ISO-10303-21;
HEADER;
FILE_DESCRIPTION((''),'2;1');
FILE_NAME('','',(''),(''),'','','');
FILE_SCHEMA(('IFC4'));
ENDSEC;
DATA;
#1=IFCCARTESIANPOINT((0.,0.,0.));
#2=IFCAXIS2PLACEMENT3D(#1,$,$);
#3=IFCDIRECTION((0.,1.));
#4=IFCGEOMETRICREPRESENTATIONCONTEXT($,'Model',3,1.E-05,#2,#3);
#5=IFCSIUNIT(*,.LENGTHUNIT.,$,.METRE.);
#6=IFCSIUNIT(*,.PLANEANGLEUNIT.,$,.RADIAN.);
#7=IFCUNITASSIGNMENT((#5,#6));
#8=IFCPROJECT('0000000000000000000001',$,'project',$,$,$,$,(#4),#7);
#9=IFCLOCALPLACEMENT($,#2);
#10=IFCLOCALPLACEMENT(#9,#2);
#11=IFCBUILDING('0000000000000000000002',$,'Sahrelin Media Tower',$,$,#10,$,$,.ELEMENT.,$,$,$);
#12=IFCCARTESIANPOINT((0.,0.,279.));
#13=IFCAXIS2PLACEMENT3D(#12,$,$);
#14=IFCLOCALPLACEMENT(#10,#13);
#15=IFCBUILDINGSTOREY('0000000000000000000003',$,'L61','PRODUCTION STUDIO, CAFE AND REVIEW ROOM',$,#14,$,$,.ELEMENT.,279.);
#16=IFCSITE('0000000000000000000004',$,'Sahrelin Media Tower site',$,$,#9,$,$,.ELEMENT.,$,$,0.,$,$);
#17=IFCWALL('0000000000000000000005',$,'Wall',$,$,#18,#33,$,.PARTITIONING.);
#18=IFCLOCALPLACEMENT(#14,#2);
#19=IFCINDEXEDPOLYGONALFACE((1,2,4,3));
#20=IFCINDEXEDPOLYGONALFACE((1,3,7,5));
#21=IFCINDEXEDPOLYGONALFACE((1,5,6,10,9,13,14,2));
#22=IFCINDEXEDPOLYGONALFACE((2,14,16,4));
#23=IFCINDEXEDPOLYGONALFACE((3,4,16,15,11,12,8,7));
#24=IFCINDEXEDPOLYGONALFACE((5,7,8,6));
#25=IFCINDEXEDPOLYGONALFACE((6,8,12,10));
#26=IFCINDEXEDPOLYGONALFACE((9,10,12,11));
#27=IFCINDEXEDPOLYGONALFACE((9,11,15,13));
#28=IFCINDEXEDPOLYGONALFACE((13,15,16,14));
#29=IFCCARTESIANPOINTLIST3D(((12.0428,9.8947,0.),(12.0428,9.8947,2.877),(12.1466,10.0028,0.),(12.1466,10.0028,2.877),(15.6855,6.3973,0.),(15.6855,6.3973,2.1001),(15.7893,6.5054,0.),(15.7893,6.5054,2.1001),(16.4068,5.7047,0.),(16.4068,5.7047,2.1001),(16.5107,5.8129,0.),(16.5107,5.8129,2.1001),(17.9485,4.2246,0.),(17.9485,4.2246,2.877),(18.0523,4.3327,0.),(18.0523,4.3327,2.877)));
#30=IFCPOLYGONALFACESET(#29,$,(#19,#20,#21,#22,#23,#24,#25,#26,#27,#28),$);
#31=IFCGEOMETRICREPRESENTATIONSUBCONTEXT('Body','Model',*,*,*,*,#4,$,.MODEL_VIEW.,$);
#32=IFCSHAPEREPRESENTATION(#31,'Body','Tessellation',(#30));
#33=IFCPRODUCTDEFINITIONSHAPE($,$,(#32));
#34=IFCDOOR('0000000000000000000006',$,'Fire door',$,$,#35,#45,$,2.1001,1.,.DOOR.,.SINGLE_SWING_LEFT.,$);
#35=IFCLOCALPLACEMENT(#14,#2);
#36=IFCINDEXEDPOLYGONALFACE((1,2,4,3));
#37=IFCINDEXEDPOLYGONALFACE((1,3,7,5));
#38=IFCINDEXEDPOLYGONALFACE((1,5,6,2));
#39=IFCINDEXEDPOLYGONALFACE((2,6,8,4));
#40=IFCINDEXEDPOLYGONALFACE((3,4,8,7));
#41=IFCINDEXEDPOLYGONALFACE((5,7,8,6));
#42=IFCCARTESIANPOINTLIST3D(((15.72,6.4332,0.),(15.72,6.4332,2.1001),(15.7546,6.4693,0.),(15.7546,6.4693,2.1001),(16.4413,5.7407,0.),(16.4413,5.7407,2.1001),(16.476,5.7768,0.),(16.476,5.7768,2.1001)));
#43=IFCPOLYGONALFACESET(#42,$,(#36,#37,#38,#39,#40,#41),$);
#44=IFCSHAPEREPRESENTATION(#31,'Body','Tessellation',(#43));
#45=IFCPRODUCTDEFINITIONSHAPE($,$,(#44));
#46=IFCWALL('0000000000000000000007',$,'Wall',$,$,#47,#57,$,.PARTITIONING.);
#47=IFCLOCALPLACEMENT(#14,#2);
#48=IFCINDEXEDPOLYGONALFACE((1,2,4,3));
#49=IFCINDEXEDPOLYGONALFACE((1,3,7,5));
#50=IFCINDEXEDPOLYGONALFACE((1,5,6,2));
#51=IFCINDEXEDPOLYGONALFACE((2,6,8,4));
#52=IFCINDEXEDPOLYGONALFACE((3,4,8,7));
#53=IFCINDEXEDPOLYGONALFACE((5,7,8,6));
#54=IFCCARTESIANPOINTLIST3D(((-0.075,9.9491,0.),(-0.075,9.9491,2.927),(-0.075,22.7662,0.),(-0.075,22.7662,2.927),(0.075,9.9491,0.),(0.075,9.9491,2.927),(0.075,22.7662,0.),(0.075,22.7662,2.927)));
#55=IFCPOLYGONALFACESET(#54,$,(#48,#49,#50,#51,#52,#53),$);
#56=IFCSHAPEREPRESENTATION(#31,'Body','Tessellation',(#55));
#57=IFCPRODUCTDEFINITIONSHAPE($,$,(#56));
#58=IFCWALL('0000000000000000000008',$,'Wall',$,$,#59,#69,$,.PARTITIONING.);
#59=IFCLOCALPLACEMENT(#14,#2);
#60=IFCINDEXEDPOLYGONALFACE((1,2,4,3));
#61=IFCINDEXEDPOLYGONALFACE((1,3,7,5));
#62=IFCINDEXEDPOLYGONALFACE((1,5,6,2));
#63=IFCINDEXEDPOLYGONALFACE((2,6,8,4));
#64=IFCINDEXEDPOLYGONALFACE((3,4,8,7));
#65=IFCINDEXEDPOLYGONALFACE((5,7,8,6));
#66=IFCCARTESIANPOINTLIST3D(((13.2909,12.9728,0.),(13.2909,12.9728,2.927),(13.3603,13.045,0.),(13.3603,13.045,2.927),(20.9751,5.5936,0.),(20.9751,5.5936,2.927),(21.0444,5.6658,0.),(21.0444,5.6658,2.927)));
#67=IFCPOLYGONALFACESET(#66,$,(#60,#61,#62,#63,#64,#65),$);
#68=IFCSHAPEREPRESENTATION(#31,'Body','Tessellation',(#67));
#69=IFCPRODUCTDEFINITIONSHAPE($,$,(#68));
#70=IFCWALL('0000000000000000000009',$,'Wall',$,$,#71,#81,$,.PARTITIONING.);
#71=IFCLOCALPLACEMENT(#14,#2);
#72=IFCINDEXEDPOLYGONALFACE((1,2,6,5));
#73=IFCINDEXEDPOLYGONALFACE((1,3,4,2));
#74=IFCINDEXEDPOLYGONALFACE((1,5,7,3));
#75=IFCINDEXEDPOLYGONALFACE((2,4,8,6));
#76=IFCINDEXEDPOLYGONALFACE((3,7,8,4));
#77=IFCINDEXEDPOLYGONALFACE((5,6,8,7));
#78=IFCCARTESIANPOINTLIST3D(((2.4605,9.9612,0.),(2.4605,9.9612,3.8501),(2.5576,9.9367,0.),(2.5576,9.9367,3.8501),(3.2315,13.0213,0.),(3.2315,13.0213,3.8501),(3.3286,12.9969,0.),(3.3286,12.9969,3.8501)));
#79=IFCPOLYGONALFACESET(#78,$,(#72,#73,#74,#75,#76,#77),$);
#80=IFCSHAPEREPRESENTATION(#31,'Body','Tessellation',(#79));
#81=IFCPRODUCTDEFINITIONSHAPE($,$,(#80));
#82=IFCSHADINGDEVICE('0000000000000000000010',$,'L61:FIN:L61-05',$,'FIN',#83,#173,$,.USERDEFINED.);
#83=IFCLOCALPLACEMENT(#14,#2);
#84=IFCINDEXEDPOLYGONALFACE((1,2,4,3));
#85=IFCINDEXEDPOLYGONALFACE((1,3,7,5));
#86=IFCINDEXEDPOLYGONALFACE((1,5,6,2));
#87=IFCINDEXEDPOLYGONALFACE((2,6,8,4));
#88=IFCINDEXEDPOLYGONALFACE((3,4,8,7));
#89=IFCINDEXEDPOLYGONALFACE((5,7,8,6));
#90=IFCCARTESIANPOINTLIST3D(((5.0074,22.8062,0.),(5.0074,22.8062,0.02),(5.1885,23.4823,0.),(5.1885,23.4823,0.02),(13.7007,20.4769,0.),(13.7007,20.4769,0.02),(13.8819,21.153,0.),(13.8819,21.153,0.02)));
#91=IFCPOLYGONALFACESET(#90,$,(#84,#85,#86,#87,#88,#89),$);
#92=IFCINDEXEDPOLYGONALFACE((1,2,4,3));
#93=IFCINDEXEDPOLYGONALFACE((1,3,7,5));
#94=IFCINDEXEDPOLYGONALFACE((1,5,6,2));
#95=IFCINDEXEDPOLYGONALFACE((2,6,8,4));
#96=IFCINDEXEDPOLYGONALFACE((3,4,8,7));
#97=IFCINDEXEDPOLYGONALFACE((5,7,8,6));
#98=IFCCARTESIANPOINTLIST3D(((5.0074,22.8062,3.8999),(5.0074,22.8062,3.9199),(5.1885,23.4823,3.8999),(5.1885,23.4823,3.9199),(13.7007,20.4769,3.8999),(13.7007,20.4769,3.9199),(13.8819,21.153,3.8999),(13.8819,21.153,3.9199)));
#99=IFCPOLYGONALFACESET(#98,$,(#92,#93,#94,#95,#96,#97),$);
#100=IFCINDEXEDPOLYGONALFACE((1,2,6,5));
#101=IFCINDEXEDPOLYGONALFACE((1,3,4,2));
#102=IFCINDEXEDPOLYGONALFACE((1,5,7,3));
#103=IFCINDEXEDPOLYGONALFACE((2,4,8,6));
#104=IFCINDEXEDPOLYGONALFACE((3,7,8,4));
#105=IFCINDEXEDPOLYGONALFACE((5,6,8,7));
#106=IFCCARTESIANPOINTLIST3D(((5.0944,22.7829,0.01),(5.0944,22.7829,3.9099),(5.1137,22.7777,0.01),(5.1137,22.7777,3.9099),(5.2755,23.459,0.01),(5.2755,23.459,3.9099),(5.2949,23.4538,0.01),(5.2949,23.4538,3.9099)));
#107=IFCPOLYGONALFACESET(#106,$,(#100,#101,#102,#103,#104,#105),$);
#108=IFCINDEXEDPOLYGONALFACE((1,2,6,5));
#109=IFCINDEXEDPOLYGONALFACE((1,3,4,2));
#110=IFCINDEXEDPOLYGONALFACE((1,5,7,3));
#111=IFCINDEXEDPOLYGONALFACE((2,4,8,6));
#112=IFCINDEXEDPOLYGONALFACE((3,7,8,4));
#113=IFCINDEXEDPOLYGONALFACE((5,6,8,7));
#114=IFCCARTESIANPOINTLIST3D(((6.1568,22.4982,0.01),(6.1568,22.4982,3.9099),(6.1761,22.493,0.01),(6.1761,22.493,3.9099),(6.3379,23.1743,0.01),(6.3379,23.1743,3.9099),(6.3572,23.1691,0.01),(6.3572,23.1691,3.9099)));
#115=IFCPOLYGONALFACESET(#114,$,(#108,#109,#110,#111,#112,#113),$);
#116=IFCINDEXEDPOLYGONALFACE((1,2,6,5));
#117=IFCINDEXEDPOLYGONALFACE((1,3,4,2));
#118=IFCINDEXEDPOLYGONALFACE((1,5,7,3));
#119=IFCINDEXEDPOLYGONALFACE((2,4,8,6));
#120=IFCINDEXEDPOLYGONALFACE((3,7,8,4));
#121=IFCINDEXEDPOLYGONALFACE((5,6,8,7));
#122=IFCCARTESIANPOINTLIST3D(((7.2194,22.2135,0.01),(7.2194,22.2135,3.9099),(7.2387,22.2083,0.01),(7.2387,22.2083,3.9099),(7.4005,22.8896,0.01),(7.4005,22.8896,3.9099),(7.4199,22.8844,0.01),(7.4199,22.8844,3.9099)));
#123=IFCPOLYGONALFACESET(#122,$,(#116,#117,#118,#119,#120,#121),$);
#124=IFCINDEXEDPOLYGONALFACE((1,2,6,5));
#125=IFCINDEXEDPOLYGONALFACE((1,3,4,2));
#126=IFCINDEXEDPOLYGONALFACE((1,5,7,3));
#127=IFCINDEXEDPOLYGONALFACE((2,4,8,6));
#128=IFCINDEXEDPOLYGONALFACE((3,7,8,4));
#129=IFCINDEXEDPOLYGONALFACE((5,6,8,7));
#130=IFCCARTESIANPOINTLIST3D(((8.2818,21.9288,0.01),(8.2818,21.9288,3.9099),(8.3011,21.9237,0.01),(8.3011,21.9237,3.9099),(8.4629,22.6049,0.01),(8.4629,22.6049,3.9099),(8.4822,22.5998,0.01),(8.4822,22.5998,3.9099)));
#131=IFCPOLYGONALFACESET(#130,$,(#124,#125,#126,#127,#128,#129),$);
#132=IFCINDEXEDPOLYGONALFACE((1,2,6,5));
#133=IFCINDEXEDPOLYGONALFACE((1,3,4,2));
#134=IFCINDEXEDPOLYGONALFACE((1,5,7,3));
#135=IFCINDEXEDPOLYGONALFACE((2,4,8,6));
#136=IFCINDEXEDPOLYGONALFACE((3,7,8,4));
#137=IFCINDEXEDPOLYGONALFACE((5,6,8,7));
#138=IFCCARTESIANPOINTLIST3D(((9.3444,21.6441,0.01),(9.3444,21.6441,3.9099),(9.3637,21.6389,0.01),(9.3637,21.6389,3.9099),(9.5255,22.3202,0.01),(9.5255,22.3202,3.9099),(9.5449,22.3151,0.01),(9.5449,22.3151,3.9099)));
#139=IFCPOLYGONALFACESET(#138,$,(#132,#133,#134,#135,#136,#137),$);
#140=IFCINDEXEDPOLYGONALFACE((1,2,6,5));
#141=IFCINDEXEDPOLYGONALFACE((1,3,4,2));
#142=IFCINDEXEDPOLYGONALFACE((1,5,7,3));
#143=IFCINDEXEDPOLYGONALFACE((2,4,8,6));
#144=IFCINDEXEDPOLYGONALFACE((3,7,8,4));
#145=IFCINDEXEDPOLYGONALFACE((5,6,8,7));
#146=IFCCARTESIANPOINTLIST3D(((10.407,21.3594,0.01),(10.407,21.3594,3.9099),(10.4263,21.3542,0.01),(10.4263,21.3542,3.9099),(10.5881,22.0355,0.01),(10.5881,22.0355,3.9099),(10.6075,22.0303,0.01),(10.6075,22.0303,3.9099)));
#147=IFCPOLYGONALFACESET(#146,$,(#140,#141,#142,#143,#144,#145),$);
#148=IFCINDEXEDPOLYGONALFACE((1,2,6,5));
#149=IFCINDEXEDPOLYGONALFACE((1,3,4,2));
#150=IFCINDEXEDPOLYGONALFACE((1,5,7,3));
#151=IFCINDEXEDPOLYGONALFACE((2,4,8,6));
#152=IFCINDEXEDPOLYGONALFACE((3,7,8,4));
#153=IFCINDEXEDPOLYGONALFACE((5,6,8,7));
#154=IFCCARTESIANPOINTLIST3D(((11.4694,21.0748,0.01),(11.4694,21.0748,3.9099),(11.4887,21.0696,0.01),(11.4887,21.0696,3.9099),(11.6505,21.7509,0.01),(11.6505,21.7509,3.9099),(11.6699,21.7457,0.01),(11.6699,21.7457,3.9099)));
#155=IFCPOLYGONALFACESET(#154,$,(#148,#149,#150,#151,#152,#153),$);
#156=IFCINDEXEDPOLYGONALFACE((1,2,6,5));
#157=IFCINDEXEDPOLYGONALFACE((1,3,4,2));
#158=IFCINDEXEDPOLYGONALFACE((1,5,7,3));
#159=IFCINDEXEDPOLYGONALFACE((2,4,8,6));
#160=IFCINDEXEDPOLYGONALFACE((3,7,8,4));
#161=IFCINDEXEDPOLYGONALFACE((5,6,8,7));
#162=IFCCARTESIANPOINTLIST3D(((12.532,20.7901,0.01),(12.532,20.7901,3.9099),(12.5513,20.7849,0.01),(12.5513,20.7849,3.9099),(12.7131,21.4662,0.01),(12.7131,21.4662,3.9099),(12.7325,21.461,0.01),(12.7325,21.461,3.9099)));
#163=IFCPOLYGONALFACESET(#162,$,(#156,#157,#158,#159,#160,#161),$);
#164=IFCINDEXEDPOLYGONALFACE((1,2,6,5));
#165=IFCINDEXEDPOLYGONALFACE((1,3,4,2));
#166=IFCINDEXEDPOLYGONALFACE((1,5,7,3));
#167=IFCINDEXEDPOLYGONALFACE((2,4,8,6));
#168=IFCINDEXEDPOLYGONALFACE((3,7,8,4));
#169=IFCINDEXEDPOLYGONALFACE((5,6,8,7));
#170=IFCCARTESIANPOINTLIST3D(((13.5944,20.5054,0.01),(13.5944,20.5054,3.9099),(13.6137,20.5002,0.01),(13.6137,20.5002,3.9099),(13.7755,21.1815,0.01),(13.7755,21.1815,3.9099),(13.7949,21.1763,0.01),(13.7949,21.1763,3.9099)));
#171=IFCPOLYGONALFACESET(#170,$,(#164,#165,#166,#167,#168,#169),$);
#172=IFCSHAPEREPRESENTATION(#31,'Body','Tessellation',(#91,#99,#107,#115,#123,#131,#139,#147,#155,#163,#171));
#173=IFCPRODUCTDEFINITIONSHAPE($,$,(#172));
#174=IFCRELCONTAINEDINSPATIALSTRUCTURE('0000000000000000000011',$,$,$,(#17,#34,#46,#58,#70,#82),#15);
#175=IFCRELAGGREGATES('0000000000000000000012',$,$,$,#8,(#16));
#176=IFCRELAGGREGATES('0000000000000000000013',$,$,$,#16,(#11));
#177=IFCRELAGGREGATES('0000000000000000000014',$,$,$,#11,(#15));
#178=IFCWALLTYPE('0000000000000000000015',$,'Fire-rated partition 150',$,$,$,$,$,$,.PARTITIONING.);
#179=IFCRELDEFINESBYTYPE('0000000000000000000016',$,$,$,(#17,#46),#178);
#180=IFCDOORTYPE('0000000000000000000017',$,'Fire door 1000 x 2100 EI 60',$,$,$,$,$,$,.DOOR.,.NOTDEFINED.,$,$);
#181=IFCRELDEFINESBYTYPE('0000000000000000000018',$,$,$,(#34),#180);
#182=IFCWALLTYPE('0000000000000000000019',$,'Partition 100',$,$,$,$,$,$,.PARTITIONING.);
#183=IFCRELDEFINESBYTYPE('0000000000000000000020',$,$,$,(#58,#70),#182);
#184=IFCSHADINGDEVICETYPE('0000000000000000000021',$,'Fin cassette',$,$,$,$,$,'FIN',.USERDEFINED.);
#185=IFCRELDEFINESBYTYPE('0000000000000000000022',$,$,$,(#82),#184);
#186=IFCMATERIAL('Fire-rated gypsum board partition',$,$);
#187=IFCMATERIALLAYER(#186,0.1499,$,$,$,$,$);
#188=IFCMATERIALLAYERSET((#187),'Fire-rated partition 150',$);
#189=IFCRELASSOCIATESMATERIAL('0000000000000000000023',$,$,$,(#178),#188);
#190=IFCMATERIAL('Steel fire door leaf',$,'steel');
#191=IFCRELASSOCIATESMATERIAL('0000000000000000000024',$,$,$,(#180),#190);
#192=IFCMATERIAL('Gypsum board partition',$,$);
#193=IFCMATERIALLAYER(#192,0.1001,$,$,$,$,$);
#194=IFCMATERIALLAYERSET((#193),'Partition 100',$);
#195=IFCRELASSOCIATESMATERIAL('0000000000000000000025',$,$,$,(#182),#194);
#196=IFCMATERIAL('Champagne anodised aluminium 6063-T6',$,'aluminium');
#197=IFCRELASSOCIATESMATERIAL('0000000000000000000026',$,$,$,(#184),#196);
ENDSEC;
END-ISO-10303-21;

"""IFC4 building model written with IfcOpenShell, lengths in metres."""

from ifc_helpers import new_model, si_unit, direction, frame, frame_2d, origin, origin_2d, place, context, subcontext, project, spatial, rectangle, extrude, material, layer, layer_set, type_object, element, fill, save


model = new_model("IFC4")

# Units and contexts
model_context = context("Model", 3, precision=1e-05, world=origin(), true_north=direction((0.0, 1.0)))
body_context = subcontext(model_context, "Body", "Model", "MODEL_VIEW")
ifc_project = project(units=[si_unit("LENGTHUNIT", "METRE"), si_unit("PLANEANGLEUNIT", "RADIAN")], contexts=[model_context])

# Site, building, storey
site_placement = place(None, origin())
site = spatial("IfcSite", under=ifc_project, at=site_placement, Name="Sahrelin Media Tower site", CompositionType="ELEMENT", RefElevation=0.0)
building_placement = place(site_placement, origin())
building = spatial("IfcBuilding", under=site, at=building_placement, Name="Sahrelin Media Tower", CompositionType="ELEMENT")
storey_placement = place(building_placement, frame((0.0, 0.0, 279.0)))
storey = spatial("IfcBuildingStorey", under=building, at=storey_placement, Name="L61", Description="PRODUCTION STUDIO, CAFE AND REVIEW ROOM", CompositionType="ELEMENT", Elevation=279.0)

# Shared definitions
ifc_material_1 = material(Name="Champagne anodised aluminium 6063-T6", Category="aluminium")

# Wall, opening, door
ifc_material_2 = material(Name="Fire-rated gypsum board partition")
ifc_layer_1 = layer(ifc_material_2, 0.1499)
ifc_layer_set_1 = layer_set([ifc_layer_1], Name="Fire-rated partition 150")
wall_type_1 = type_object("IfcWallType", Name="Fire-rated partition 150", PredefinedType="PARTITIONING", material=ifc_layer_set_1)
wall_1_placement = place(storey_placement, frame((12.0947, 9.9487, 0.0), z_axis=(0.0, 0.0, 1.0), x_axis=(0.721349, -0.692572, 0.0)))
wall_1 = element("IfcWall", 1, at=wall_1_placement, inside=storey, type_object=wall_type_1, Name="Wall", PredefinedType="PARTITIONING", context=body_context, shape_type="SweptSolid", body=[
    extrude(rectangle(XDim=8.187, YDim=0.1499, at=frame_2d((4.0935, 0.0))), origin(), (0.0, 0.0, 1.0), 2.877),
])
opening_placement = place(wall_1_placement, frame((5.0498, 0.0, 0.0)))
opening = element("IfcOpeningElement", 2, at=opening_placement, cuts=wall_1, PredefinedType="OPENING", context=body_context, shape_type="SweptSolid", body=[
    extrude(rectangle(XDim=1.0, YDim=2.1001, at=frame_2d((0.5, 1.05))), frame((0.0, 0.075, 0.0), z_axis=(0.0, -1.0, 0.0), x_axis=(1.0, 0.0, 0.0)), (0.0, 0.0, 1.0), 0.1499),
])
ifc_material_3 = material(Name="Steel fire door leaf", Category="steel")
door_type = type_object("IfcDoorType", Name="Fire door 1000 x 2100 EI 60", OperationType="NOTDEFINED", PredefinedType="DOOR", material=ifc_material_3)
door_placement = place(opening_placement, origin())
door = element("IfcDoor", 3, at=door_placement, inside=storey, type_object=door_type, Name="Fire door", OperationType="SINGLE_SWING_LEFT", OverallHeight=2.1001, OverallWidth=1.0, PredefinedType="DOOR", context=body_context, shape_type="SweptSolid", body=[
    extrude(rectangle(XDim=1.0, YDim=2.1001, at=frame_2d((0.5, 1.05))), frame((0.0, 0.0249, 0.0), z_axis=(0.0, -1.0, 0.0), x_axis=(1.0, 0.0, 0.0)), (0.0, 0.0, 1.0), 0.05),
])
fill(opening, door)

# Walls
wall_2_placement = place(storey_placement, frame((0.0, 9.949, 0.0), z_axis=(0.0, 0.0, 1.0), x_axis=(0.0, 1.0, 0.0)))
element("IfcWall", 4, at=wall_2_placement, inside=storey, type_object=wall_type_1, Name="Wall", PredefinedType="PARTITIONING", context=body_context, shape_type="SweptSolid", body=[
    extrude(rectangle(XDim=12.8171, YDim=0.1499, at=frame_2d((6.4087, 0.0))), origin(), (0.0, 0.0, 1.0), 2.927),
])
ifc_material_4 = material(Name="Gypsum board partition")
ifc_layer_2 = layer(ifc_material_4, 0.1001)
ifc_layer_set_2 = layer_set([ifc_layer_2], Name="Partition 100")
wall_type_2 = type_object("IfcWallType", Name="Partition 100", PredefinedType="PARTITIONING", material=ifc_layer_set_2)
wall_3_placement = place(storey_placement, frame((13.3257, 13.0088, 0.0), z_axis=(0.0, 0.0, 1.0), x_axis=(0.721273, -0.692651, 0.0)))
element("IfcWall", 5, at=wall_3_placement, inside=storey, type_object=wall_type_2, Name="Wall", PredefinedType="PARTITIONING", context=body_context, shape_type="SweptSolid", body=[
    extrude(rectangle(XDim=10.6536, YDim=0.1001, at=frame_2d((5.3267, 0.0))), origin(), (0.0, 0.0, 1.0), 2.927),
])
wall_4_placement = place(storey_placement, frame((2.509, 9.949, 0.0), z_axis=(0.0, 0.0, 1.0), x_axis=(0.244319, 0.969695, 0.0)))
element("IfcWall", 6, at=wall_4_placement, inside=storey, type_object=wall_type_2, Name="Wall", PredefinedType="PARTITIONING", context=body_context, shape_type="SweptSolid", body=[
    extrude(rectangle(XDim=3.1558, YDim=0.1001, at=frame_2d((1.5779, 0.0))), origin(), (0.0, 0.0, 1.0), 3.8501),
])

# Shading device
shading_device_type_1 = type_object("IfcShadingDeviceType", Name="Fin cassette", ElementType="FIN", PredefinedType="USERDEFINED", material=ifc_material_1)
placement = place(storey_placement, frame((9.3359, 21.574, 0.0), z_axis=(0.0, 0.0, 1.0), x_axis=(0.965929, -0.258808, 0.0)))
element("IfcShadingDevice", 7, at=placement, inside=storey, type_object=shading_device_type_1, Name="L61:FIN:L61-05", ObjectType="FIN", PredefinedType="USERDEFINED", context=body_context, shape_type="SweptSolid", body=[
    extrude(rectangle(XDim=9.0, YDim=0.7, at=origin_2d()), frame((0.0, 0.4199, 0.0)), (0.0, 0.0, 1.0), 0.02),
    extrude(rectangle(XDim=9.0, YDim=0.7, at=origin_2d()), frame((0.0, 0.4199, 3.8999)), (0.0, 0.0, 1.0), 0.02),
    extrude(rectangle(XDim=0.02, YDim=0.7, at=origin_2d()), frame((-4.3999, 0.4199, 0.01), z_axis=(0.0, 0.0, 1.0), x_axis=(1.0, 0.0, 0.0)), (0.0, 0.0, 1.0), 3.8999),
    extrude(rectangle(XDim=0.02, YDim=0.7, at=origin_2d()), frame((-3.3, 0.4199, 0.01), z_axis=(0.0, 0.0, 1.0), x_axis=(1.0, 0.0, 0.0)), (0.0, 0.0, 1.0), 3.8999),
    extrude(rectangle(XDim=0.02, YDim=0.7, at=origin_2d()), frame((-2.2, 0.4199, 0.01), z_axis=(0.0, 0.0, 1.0), x_axis=(1.0, 0.0, 0.0)), (0.0, 0.0, 1.0), 3.8999),
    extrude(rectangle(XDim=0.02, YDim=0.7, at=origin_2d()), frame((-1.1001, 0.4199, 0.01), z_axis=(0.0, 0.0, 1.0), x_axis=(1.0, 0.0, 0.0)), (0.0, 0.0, 1.0), 3.8999),
    extrude(rectangle(XDim=0.02, YDim=0.7, at=origin_2d()), frame((0.0, 0.4199, 0.01), z_axis=(0.0, 0.0, 1.0), x_axis=(1.0, 0.0, 0.0)), (0.0, 0.0, 1.0), 3.8999),
    extrude(rectangle(XDim=0.02, YDim=0.7, at=origin_2d()), frame((1.1001, 0.4199, 0.01), z_axis=(0.0, 0.0, 1.0), x_axis=(1.0, 0.0, 0.0)), (0.0, 0.0, 1.0), 3.8999),
    extrude(rectangle(XDim=0.02, YDim=0.7, at=origin_2d()), frame((2.2, 0.4199, 0.01), z_axis=(0.0, 0.0, 1.0), x_axis=(1.0, 0.0, 0.0)), (0.0, 0.0, 1.0), 3.8999),
    extrude(rectangle(XDim=0.02, YDim=0.7, at=origin_2d()), frame((3.3, 0.4199, 0.01), z_axis=(0.0, 0.0, 1.0), x_axis=(1.0, 0.0, 0.0)), (0.0, 0.0, 1.0), 3.8999),
    extrude(rectangle(XDim=0.02, YDim=0.7, at=origin_2d()), frame((4.3999, 0.4199, 0.01), z_axis=(0.0, 0.0, 1.0), x_axis=(1.0, 0.0, 0.0)), (0.0, 0.0, 1.0), 3.8999),
])

save(model, "model.ifc")
